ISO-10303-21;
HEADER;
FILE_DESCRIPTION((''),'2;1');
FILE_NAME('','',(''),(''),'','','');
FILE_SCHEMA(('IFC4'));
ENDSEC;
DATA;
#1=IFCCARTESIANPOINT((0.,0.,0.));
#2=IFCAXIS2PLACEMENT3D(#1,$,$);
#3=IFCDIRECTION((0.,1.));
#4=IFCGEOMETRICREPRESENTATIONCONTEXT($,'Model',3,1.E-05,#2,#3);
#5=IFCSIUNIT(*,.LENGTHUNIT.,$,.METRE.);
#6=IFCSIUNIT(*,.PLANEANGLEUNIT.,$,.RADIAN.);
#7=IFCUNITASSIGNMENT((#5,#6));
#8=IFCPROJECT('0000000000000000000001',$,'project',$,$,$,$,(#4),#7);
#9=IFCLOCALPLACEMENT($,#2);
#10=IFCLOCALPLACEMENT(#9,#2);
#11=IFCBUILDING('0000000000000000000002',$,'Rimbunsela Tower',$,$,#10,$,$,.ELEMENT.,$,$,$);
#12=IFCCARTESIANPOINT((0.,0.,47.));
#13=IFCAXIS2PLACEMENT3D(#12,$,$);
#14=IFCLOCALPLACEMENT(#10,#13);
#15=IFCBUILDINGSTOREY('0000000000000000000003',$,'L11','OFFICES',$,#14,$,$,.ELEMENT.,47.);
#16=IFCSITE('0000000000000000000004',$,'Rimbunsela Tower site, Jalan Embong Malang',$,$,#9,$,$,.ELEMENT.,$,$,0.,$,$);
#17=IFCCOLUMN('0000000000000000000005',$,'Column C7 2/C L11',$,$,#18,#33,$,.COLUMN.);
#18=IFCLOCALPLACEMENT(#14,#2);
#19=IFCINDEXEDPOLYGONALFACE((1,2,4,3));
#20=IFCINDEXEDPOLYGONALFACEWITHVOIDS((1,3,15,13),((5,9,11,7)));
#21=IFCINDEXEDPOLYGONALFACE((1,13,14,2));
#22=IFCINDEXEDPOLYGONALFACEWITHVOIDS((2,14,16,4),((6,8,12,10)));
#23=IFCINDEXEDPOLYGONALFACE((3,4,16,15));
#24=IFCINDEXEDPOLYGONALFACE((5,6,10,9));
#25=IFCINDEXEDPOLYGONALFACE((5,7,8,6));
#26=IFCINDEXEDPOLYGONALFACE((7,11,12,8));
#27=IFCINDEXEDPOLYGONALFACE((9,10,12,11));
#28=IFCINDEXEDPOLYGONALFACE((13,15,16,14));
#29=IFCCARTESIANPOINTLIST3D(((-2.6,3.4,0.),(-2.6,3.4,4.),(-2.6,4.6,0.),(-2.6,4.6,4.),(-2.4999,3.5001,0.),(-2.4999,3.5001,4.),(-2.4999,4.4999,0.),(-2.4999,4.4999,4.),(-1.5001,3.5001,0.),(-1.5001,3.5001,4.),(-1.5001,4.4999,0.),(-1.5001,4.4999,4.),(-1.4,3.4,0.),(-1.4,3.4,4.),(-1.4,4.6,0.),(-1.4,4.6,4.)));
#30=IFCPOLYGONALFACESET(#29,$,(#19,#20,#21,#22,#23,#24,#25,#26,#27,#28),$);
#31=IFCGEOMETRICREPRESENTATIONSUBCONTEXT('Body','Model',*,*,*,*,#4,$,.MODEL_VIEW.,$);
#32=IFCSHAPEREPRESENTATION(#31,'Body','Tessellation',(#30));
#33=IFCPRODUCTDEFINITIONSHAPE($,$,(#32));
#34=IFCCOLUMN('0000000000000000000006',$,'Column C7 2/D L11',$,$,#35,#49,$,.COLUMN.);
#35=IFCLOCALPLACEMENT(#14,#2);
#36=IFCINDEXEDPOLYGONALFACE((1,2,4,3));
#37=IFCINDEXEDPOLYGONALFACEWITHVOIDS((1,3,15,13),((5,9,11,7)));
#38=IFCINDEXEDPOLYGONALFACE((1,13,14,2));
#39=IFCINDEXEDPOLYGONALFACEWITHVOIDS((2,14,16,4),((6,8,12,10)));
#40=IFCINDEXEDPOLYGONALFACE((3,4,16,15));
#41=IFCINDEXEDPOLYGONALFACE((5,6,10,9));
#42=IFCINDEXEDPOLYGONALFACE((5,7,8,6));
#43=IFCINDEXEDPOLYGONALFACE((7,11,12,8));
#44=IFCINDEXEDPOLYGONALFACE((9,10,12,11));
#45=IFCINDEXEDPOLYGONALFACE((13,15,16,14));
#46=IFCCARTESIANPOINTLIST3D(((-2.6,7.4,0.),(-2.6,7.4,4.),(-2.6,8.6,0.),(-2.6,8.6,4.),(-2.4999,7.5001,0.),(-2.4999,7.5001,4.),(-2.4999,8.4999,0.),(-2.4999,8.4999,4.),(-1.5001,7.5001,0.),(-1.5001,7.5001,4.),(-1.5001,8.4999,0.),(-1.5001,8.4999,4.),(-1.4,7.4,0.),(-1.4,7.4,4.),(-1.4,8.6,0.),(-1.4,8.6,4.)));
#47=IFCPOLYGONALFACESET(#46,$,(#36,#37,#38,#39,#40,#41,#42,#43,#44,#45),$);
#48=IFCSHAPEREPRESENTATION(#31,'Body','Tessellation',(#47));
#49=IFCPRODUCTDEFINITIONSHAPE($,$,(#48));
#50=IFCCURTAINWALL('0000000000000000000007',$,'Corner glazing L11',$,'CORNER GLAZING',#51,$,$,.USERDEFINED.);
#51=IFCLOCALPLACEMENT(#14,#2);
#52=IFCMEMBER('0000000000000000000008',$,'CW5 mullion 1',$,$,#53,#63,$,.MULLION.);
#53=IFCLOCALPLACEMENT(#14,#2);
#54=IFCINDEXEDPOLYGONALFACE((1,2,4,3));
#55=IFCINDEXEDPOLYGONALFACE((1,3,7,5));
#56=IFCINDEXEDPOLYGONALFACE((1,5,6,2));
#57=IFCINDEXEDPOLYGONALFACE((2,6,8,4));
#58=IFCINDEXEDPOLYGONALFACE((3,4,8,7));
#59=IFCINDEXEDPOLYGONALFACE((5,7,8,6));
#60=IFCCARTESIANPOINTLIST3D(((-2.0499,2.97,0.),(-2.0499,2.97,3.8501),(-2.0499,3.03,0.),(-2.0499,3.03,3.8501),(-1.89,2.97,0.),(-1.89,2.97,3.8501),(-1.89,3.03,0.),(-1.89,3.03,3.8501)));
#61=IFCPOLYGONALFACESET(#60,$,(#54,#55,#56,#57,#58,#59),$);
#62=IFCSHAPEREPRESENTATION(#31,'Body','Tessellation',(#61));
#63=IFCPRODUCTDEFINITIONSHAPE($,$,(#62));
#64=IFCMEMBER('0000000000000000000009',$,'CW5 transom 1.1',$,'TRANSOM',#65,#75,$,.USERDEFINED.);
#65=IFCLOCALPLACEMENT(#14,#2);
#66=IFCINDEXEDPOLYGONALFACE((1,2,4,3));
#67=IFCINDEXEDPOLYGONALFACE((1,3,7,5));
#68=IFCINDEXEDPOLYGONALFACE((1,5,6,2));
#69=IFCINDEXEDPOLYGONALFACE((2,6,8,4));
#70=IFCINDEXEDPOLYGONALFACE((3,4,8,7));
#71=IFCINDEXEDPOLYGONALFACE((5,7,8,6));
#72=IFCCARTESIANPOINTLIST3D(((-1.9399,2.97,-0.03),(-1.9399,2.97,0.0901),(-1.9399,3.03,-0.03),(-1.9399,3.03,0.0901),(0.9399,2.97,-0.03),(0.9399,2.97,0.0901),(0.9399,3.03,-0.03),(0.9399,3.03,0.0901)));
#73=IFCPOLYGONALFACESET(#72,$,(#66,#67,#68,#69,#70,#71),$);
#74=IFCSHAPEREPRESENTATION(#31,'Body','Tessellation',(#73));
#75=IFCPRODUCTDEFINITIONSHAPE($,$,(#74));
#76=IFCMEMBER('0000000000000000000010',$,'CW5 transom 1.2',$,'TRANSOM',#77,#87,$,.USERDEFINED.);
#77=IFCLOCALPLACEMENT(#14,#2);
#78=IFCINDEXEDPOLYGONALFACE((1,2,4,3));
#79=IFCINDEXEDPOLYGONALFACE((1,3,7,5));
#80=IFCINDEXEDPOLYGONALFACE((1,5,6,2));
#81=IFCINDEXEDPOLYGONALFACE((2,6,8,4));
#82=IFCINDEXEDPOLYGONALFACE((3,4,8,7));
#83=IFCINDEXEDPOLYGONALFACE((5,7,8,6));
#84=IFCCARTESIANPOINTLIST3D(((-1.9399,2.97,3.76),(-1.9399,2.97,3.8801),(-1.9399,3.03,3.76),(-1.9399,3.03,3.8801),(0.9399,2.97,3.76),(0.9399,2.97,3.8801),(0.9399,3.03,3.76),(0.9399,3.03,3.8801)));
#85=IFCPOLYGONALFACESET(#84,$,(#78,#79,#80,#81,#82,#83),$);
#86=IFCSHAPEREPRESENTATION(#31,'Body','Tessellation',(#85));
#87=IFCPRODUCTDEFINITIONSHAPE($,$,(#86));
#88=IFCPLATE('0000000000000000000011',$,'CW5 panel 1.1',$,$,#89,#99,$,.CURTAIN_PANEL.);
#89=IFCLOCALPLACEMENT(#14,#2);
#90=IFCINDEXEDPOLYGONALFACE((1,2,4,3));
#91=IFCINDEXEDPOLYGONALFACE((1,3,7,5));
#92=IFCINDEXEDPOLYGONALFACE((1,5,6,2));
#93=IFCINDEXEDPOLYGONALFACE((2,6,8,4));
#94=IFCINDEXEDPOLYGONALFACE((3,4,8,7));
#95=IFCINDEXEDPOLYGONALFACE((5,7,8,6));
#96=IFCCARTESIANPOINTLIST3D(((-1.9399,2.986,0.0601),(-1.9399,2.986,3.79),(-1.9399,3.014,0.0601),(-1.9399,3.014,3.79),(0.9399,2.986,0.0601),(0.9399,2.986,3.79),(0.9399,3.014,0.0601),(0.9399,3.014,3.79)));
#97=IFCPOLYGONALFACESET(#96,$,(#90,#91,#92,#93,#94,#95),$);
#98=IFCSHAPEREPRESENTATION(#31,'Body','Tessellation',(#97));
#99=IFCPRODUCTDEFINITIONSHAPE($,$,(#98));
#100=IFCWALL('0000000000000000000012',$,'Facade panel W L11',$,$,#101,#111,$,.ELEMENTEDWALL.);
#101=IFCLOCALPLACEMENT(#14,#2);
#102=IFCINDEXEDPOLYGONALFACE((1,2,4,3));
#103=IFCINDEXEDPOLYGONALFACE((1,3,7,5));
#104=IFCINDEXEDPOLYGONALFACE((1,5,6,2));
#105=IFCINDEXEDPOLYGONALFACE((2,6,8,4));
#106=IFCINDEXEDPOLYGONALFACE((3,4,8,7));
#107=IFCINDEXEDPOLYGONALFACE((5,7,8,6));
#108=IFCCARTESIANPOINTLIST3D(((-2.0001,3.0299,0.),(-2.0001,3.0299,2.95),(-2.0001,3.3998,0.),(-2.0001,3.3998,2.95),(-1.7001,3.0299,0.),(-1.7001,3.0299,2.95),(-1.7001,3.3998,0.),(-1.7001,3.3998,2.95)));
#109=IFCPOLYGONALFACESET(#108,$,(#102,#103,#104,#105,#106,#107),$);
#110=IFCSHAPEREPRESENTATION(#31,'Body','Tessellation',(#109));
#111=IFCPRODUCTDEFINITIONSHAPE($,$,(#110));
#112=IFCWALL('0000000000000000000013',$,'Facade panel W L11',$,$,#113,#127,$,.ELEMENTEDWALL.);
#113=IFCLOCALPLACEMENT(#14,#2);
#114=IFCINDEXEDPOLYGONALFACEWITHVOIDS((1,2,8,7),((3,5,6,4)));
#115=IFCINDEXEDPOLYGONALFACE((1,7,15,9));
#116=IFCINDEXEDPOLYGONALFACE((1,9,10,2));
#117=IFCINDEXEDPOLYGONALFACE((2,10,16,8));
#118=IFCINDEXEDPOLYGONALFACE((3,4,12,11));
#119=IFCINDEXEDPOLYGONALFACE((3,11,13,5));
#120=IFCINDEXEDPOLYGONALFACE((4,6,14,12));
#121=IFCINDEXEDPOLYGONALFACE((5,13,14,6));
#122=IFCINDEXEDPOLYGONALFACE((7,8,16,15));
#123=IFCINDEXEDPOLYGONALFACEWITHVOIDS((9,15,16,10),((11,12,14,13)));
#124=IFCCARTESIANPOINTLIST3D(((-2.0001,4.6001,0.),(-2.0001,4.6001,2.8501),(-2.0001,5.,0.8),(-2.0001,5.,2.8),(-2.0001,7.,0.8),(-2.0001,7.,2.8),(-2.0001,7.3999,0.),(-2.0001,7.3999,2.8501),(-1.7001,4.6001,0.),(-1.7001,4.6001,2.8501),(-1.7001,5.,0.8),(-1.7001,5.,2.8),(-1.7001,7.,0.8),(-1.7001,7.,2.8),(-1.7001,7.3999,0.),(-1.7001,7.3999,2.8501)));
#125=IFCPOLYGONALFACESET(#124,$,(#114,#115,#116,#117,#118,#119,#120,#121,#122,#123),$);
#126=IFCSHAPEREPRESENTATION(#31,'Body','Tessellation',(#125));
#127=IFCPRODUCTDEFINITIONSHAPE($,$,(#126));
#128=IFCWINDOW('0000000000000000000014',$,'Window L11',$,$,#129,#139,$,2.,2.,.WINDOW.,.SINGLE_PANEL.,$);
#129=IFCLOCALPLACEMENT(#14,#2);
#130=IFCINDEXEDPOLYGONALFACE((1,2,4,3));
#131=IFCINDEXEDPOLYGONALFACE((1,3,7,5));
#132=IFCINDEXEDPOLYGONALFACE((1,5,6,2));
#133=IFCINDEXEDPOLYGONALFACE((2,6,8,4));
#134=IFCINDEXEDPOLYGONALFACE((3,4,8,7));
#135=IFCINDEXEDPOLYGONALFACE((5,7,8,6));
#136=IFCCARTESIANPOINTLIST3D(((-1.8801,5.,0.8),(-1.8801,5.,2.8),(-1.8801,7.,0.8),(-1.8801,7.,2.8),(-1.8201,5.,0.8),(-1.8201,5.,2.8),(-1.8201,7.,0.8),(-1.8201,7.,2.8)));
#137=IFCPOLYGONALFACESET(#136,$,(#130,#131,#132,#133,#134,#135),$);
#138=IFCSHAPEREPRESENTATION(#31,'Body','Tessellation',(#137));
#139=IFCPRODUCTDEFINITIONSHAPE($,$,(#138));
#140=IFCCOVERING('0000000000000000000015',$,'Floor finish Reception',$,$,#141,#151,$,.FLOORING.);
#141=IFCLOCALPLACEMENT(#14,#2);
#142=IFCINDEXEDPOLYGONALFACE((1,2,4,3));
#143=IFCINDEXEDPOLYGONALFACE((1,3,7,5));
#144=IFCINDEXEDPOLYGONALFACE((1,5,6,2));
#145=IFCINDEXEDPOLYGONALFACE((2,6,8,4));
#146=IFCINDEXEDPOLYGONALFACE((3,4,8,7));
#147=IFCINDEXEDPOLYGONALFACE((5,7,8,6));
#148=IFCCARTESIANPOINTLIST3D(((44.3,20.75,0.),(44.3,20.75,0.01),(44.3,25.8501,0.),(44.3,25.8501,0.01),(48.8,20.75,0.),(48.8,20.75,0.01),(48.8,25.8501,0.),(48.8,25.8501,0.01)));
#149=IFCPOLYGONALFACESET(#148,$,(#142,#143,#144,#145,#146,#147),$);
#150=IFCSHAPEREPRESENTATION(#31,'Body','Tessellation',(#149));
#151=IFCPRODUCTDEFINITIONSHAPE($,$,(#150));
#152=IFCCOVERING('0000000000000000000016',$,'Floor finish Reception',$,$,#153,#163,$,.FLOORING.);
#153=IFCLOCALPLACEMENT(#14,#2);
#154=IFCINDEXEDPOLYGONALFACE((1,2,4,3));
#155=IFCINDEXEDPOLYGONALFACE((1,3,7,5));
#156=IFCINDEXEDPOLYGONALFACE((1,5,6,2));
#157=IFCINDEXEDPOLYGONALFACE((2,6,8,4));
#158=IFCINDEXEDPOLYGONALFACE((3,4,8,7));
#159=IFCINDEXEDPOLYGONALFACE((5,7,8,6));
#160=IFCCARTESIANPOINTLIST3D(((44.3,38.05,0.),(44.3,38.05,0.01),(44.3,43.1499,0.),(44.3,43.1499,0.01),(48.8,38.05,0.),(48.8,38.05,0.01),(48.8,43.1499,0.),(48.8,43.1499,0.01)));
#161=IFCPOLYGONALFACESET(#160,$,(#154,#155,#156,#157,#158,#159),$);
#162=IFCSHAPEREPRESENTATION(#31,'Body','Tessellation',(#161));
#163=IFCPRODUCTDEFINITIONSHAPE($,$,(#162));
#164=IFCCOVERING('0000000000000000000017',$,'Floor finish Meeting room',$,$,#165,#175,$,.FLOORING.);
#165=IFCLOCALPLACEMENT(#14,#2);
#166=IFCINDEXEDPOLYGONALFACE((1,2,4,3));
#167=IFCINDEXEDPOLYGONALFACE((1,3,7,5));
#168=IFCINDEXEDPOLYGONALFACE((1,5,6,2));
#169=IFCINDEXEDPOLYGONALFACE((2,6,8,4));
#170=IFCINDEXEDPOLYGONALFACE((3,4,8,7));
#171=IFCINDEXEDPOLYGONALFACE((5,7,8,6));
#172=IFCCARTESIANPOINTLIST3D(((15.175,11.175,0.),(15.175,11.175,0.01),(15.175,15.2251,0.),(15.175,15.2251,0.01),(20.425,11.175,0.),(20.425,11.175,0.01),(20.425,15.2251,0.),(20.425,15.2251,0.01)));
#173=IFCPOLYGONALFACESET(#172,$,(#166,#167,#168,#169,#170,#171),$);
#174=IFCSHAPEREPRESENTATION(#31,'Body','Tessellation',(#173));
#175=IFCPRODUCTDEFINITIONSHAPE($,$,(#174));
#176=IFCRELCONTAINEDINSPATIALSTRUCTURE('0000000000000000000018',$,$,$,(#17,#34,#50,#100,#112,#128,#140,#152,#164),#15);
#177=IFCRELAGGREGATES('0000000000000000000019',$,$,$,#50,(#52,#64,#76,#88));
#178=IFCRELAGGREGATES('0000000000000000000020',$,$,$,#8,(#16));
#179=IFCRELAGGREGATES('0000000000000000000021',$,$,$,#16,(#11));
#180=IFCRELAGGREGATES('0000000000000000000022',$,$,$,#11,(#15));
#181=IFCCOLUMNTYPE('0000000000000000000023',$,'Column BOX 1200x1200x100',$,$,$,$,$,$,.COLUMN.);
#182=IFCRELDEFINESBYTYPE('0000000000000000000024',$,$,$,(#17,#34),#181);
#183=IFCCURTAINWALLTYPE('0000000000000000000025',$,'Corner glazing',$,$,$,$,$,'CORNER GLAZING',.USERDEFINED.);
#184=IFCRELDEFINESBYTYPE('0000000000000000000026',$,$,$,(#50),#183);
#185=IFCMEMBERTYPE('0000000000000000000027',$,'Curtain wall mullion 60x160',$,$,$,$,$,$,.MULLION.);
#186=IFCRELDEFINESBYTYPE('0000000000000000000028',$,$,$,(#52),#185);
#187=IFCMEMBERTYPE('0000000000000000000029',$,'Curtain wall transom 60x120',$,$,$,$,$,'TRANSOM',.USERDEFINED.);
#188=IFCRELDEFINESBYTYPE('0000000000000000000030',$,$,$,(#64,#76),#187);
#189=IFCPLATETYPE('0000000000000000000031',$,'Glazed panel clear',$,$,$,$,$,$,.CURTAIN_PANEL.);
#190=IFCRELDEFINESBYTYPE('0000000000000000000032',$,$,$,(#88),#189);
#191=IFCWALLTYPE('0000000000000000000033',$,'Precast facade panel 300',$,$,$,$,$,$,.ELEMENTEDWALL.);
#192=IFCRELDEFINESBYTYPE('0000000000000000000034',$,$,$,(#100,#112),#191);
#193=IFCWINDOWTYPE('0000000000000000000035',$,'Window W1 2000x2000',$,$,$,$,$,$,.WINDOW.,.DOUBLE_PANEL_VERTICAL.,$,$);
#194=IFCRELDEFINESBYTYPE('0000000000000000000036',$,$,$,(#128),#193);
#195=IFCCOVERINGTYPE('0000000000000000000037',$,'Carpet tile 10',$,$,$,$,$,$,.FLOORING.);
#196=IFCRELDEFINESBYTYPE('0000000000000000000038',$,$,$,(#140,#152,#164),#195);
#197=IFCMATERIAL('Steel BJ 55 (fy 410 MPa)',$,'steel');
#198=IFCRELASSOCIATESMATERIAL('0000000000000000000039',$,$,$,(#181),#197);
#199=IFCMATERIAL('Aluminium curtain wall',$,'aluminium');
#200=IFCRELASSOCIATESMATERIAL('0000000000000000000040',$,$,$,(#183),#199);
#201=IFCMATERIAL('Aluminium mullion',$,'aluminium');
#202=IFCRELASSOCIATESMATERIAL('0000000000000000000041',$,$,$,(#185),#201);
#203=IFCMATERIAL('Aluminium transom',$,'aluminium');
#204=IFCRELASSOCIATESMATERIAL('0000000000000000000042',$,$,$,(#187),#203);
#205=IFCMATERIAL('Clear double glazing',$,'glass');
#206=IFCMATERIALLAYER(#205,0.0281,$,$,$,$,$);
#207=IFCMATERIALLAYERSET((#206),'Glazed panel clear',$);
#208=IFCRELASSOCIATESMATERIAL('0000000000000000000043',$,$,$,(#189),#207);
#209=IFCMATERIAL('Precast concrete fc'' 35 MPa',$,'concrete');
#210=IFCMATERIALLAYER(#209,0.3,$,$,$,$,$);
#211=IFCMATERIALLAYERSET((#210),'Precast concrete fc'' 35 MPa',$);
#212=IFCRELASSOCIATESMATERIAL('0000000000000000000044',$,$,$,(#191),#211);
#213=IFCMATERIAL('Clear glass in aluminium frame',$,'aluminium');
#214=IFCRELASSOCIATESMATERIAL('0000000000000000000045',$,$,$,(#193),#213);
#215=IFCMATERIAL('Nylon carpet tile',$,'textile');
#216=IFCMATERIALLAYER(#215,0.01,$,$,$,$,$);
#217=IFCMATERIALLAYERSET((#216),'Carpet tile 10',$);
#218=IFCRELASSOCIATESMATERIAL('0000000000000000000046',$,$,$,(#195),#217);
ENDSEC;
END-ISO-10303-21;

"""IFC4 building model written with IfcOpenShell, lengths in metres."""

from ifc_helpers import new_model, si_unit, direction, frame, frame_2d, origin, origin_2d, place, context, subcontext, project, spatial, polyline, rectangle, hollow_rectangle, outline, extrude, material, layer, layer_set, material_profile, profile_set, type_object, element, fill, aggregate, save


model = new_model("IFC4")

# Units and contexts
model_context = context("Model", 3, precision=1e-05, world=origin(), true_north=direction((0.0, 1.0)))
body_context = subcontext(model_context, "Body", "Model", "MODEL_VIEW")
ifc_project = project(units=[si_unit("LENGTHUNIT", "METRE"), si_unit("PLANEANGLEUNIT", "RADIAN")], contexts=[model_context])

# Site, building, storey
site_placement = place(None, origin())
site = spatial("IfcSite", under=ifc_project, at=site_placement, Name="Rimbunsela Tower site, Jalan Embong Malang", CompositionType="ELEMENT", RefElevation=0.0)
building_placement = place(site_placement, origin())
building = spatial("IfcBuilding", under=site, at=building_placement, Name="Rimbunsela Tower", CompositionType="ELEMENT")
storey_placement = place(building_placement, frame((0.0, 0.0, 47.0)))
storey = spatial("IfcBuildingStorey", under=building, at=storey_placement, Name="L11", Description="OFFICES", CompositionType="ELEMENT", Elevation=47.0)

# Columns
ifc_material_1 = material(Name="Steel BJ 55 (fy 410 MPa)", Category="steel")
ifc_material_profile_1 = material_profile(ifc_material_1, hollow_rectangle(XDim=1.2, YDim=1.2, WallThickness=0.1001, at=origin_2d()), Name="BOX 1200x1200x100")
ifc_profile_set_1 = profile_set([ifc_material_profile_1], Name="Steel BJ 55 (fy 410 MPa)")
column_type = type_object("IfcColumnType", Name="Column BOX 1200x1200x100", PredefinedType="COLUMN", material=ifc_profile_set_1)
for number, where, z_axis, x_axis, name in (
    (1, (-2.0, 4.0, 0.0), (0.0, 0.0, 1.0), (1.0, 0.0, 0.0), "Column C7 2/C L11"),
    (2, (-2.0, 8.0, 0.0), (0.0, 0.0, 1.0), (1.0, 0.0, 0.0), "Column C7 2/D L11"),
):
    element("IfcColumn", number, at=place(storey_placement, frame(where, z_axis=z_axis, x_axis=x_axis)), inside=storey, type_object=column_type, Name=name, PredefinedType="COLUMN", context=body_context, shape_type="SweptSolid", body=[
        extrude(hollow_rectangle(XDim=1.2, YDim=1.2, WallThickness=0.1001, at=origin_2d()), origin(), (0.0, 0.0, 1.0), 4.0),
    ])

# Curtain wall, members, plate
ifc_material_2 = material(Name="Aluminium curtain wall", Category="aluminium")
curtain_wall_type = type_object("IfcCurtainWallType", Name="Corner glazing", ElementType="CORNER GLAZING", PredefinedType="USERDEFINED", material=ifc_material_2)
curtain_wall_placement = place(storey_placement, origin())
curtain_wall = element("IfcCurtainWall", 3, at=curtain_wall_placement, inside=storey, type_object=curtain_wall_type, Name="Corner glazing L11", ObjectType="CORNER GLAZING", PredefinedType="USERDEFINED")
ifc_material_3 = material(Name="Aluminium mullion", Category="aluminium")
ifc_material_profile_2 = material_profile(ifc_material_3, rectangle(XDim=0.0601, YDim=0.1599, at=origin_2d()), Name="Mullion 60x160")
ifc_profile_set_2 = profile_set([ifc_material_profile_2], Name="Aluminium mullion")
member_type_1 = type_object("IfcMemberType", Name="Curtain wall mullion 60x160", PredefinedType="MULLION", material=ifc_profile_set_2)
member_1_placement = place(storey_placement, frame((-1.97, 3.0, 0.0), z_axis=(0.0, 0.0, 1.0), x_axis=(0.0, 1.0, 0.0)))
member_1 = element("IfcMember", 4, at=member_1_placement, type_object=member_type_1, Name="CW5 mullion 1", PredefinedType="MULLION", context=body_context, shape_type="SweptSolid", body=[
    extrude(rectangle(XDim=0.0601, YDim=0.1599, at=origin_2d()), origin(), (0.0, 0.0, 1.0), 3.8501),
])
ifc_material_4 = material(Name="Aluminium transom", Category="aluminium")
ifc_material_profile_3 = material_profile(ifc_material_4, rectangle(XDim=0.0601, YDim=0.1201, at=origin_2d()), Name="Transom 60x120")
ifc_profile_set_3 = profile_set([ifc_material_profile_3], Name="Aluminium transom")
member_type_2 = type_object("IfcMemberType", Name="Curtain wall transom 60x120", ElementType="TRANSOM", PredefinedType="USERDEFINED", material=ifc_profile_set_3)
member_2_placement = place(storey_placement, frame((-1.9399, 3.0, 0.03), z_axis=(1.0, 0.0, 0.0), x_axis=(0.0, 1.0, 0.0)))
member_2 = element("IfcMember", 5, at=member_2_placement, type_object=member_type_2, Name="CW5 transom 1.1", ObjectType="TRANSOM", PredefinedType="USERDEFINED", context=body_context, shape_type="SweptSolid", body=[
    extrude(rectangle(XDim=0.0601, YDim=0.1201, at=origin_2d()), origin(), (0.0, 0.0, 1.0), 2.8799),
])
member_3_placement = place(storey_placement, frame((-1.9399, 3.0, 3.8201), z_axis=(1.0, 0.0, 0.0), x_axis=(0.0, 1.0, 0.0)))
member_3 = element("IfcMember", 6, at=member_3_placement, type_object=member_type_2, Name="CW5 transom 1.2", ObjectType="TRANSOM", PredefinedType="USERDEFINED", context=body_context, shape_type="SweptSolid", body=[
    extrude(rectangle(XDim=0.0601, YDim=0.1201, at=origin_2d()), origin(), (0.0, 0.0, 1.0), 2.8799),
])
ifc_material_5 = material(Name="Clear double glazing", Category="glass")
ifc_layer_1 = layer(ifc_material_5, 0.0281)
ifc_layer_set_1 = layer_set([ifc_layer_1], Name="Glazed panel clear")
plate_type = type_object("IfcPlateType", Name="Glazed panel clear", PredefinedType="CURTAIN_PANEL", material=ifc_layer_set_1)
plate_placement = place(storey_placement, frame((-0.5, 3.0, 0.0601), z_axis=(0.0, 0.0, 1.0), x_axis=(1.0, 0.0, 0.0)))
plate = element("IfcPlate", 7, at=plate_placement, type_object=plate_type, Name="CW5 panel 1.1", PredefinedType="CURTAIN_PANEL", context=body_context, shape_type="SweptSolid", body=[
    extrude(rectangle(XDim=2.8799, YDim=0.0281, at=origin_2d()), origin(), (0.0, 0.0, 1.0), 3.73),
])
aggregate(curtain_wall, [member_1, member_2, member_3, plate])

# Wall
ifc_material_6 = material(Name="Precast concrete fc' 35 MPa", Category="concrete")
ifc_layer_2 = layer(ifc_material_6, 0.3)
ifc_layer_set_2 = layer_set([ifc_layer_2], Name="Precast concrete fc' 35 MPa")
wall_type = type_object("IfcWallType", Name="Precast facade panel 300", PredefinedType="ELEMENTEDWALL", material=ifc_layer_set_2)
wall_1_placement = place(storey_placement, frame((-1.8501, 3.3999, 0.0), z_axis=(0.0, 0.0, 1.0), x_axis=(0.0, -1.0, 0.0)))
element("IfcWall", 8, at=wall_1_placement, inside=storey, type_object=wall_type, Name="Facade panel W L11", PredefinedType="ELEMENTEDWALL", context=body_context, shape_type="SweptSolid", body=[
    extrude(rectangle(XDim=0.3699, YDim=0.3, at=frame_2d((0.1851, 0.0))), origin(), (0.0, 0.0, 1.0), 2.95),
])

# Wall, opening, window
wall_2_placement = place(storey_placement, frame((-1.8501, 7.3999, 0.0), z_axis=(0.0, 0.0, 1.0), x_axis=(0.0, -1.0, 0.0)))
wall_2 = element("IfcWall", 9, at=wall_2_placement, inside=storey, type_object=wall_type, Name="Facade panel W L11", PredefinedType="ELEMENTEDWALL", context=body_context, shape_type="SweptSolid", body=[
    extrude(rectangle(XDim=2.7998, YDim=0.3, at=frame_2d((1.3999, 0.0))), origin(), (0.0, 0.0, 1.0), 2.8501),
])
opening_placement = place(wall_2_placement, frame((0.3999, 0.0, 0.8)))
opening = element("IfcOpeningElement", 10, at=opening_placement, cuts=wall_2, PredefinedType="OPENING", context=body_context, shape_type="SweptSolid", body=[
    extrude(rectangle(XDim=2.0, YDim=2.0, at=frame_2d((1.0, 1.0))), frame((0.0, 0.1599, 0.0), z_axis=(0.0, -1.0, 0.0), x_axis=(1.0, 0.0, 0.0)), (0.0, 0.0, 1.0), 0.3201),
])
ifc_material_7 = material(Name="Clear glass in aluminium frame", Category="aluminium")
window_type = type_object("IfcWindowType", Name="Window W1 2000x2000", PartitioningType="DOUBLE_PANEL_VERTICAL", PredefinedType="WINDOW", material=ifc_material_7)
window_placement = place(opening_placement, origin())
window = element("IfcWindow", 11, at=window_placement, inside=storey, type_object=window_type, Name="Window L11", OverallHeight=2.0, OverallWidth=2.0, PartitioningType="SINGLE_PANEL", PredefinedType="WINDOW", context=body_context, shape_type="SweptSolid", body=[
    extrude(rectangle(XDim=2.0, YDim=2.0, at=frame_2d((1.0, 1.0))), frame((0.0, 0.03, 0.0), z_axis=(0.0, -1.0, 0.0), x_axis=(1.0, 0.0, 0.0)), (0.0, 0.0, 1.0), 0.0601),
])
fill(opening, window)

# Coverings
ifc_material_8 = material(Name="Nylon carpet tile", Category="textile")
ifc_layer_3 = layer(ifc_material_8, 0.01)
ifc_layer_set_3 = layer_set([ifc_layer_3], Name="Carpet tile 10")
covering_type_1 = type_object("IfcCoveringType", Name="Carpet tile 10", PredefinedType="FLOORING", material=ifc_layer_set_3)
covering_1_placement = place(storey_placement, origin())
element("IfcCovering", 12, at=covering_1_placement, inside=storey, type_object=covering_type_1, Name="Floor finish Reception", PredefinedType="FLOORING", context=body_context, shape_type="SweptSolid", body=[
    extrude(outline(polyline([(48.8, 20.75), (48.8, 25.8501), (44.3, 25.8501), (44.3, 20.75), (48.8, 20.75)])), origin(), (0.0, 0.0, 1.0), 0.01),
])
covering_2_placement = place(storey_placement, origin())
element("IfcCovering", 13, at=covering_2_placement, inside=storey, type_object=covering_type_1, Name="Floor finish Reception", PredefinedType="FLOORING", context=body_context, shape_type="SweptSolid", body=[
    extrude(outline(polyline([(48.8, 38.05), (48.8, 43.1499), (44.3, 43.1499), (44.3, 38.05), (48.8, 38.05)])), origin(), (0.0, 0.0, 1.0), 0.01),
])
covering_3_placement = place(storey_placement, origin())
element("IfcCovering", 14, at=covering_3_placement, inside=storey, type_object=covering_type_1, Name="Floor finish Meeting room", PredefinedType="FLOORING", context=body_context, shape_type="SweptSolid", body=[
    extrude(outline(polyline([(20.425, 11.175), (20.425, 15.2251), (15.175, 15.2251), (15.175, 11.175), (20.425, 11.175)])), origin(), (0.0, 0.0, 1.0), 0.01),
])

save(model, "model.ifc")
